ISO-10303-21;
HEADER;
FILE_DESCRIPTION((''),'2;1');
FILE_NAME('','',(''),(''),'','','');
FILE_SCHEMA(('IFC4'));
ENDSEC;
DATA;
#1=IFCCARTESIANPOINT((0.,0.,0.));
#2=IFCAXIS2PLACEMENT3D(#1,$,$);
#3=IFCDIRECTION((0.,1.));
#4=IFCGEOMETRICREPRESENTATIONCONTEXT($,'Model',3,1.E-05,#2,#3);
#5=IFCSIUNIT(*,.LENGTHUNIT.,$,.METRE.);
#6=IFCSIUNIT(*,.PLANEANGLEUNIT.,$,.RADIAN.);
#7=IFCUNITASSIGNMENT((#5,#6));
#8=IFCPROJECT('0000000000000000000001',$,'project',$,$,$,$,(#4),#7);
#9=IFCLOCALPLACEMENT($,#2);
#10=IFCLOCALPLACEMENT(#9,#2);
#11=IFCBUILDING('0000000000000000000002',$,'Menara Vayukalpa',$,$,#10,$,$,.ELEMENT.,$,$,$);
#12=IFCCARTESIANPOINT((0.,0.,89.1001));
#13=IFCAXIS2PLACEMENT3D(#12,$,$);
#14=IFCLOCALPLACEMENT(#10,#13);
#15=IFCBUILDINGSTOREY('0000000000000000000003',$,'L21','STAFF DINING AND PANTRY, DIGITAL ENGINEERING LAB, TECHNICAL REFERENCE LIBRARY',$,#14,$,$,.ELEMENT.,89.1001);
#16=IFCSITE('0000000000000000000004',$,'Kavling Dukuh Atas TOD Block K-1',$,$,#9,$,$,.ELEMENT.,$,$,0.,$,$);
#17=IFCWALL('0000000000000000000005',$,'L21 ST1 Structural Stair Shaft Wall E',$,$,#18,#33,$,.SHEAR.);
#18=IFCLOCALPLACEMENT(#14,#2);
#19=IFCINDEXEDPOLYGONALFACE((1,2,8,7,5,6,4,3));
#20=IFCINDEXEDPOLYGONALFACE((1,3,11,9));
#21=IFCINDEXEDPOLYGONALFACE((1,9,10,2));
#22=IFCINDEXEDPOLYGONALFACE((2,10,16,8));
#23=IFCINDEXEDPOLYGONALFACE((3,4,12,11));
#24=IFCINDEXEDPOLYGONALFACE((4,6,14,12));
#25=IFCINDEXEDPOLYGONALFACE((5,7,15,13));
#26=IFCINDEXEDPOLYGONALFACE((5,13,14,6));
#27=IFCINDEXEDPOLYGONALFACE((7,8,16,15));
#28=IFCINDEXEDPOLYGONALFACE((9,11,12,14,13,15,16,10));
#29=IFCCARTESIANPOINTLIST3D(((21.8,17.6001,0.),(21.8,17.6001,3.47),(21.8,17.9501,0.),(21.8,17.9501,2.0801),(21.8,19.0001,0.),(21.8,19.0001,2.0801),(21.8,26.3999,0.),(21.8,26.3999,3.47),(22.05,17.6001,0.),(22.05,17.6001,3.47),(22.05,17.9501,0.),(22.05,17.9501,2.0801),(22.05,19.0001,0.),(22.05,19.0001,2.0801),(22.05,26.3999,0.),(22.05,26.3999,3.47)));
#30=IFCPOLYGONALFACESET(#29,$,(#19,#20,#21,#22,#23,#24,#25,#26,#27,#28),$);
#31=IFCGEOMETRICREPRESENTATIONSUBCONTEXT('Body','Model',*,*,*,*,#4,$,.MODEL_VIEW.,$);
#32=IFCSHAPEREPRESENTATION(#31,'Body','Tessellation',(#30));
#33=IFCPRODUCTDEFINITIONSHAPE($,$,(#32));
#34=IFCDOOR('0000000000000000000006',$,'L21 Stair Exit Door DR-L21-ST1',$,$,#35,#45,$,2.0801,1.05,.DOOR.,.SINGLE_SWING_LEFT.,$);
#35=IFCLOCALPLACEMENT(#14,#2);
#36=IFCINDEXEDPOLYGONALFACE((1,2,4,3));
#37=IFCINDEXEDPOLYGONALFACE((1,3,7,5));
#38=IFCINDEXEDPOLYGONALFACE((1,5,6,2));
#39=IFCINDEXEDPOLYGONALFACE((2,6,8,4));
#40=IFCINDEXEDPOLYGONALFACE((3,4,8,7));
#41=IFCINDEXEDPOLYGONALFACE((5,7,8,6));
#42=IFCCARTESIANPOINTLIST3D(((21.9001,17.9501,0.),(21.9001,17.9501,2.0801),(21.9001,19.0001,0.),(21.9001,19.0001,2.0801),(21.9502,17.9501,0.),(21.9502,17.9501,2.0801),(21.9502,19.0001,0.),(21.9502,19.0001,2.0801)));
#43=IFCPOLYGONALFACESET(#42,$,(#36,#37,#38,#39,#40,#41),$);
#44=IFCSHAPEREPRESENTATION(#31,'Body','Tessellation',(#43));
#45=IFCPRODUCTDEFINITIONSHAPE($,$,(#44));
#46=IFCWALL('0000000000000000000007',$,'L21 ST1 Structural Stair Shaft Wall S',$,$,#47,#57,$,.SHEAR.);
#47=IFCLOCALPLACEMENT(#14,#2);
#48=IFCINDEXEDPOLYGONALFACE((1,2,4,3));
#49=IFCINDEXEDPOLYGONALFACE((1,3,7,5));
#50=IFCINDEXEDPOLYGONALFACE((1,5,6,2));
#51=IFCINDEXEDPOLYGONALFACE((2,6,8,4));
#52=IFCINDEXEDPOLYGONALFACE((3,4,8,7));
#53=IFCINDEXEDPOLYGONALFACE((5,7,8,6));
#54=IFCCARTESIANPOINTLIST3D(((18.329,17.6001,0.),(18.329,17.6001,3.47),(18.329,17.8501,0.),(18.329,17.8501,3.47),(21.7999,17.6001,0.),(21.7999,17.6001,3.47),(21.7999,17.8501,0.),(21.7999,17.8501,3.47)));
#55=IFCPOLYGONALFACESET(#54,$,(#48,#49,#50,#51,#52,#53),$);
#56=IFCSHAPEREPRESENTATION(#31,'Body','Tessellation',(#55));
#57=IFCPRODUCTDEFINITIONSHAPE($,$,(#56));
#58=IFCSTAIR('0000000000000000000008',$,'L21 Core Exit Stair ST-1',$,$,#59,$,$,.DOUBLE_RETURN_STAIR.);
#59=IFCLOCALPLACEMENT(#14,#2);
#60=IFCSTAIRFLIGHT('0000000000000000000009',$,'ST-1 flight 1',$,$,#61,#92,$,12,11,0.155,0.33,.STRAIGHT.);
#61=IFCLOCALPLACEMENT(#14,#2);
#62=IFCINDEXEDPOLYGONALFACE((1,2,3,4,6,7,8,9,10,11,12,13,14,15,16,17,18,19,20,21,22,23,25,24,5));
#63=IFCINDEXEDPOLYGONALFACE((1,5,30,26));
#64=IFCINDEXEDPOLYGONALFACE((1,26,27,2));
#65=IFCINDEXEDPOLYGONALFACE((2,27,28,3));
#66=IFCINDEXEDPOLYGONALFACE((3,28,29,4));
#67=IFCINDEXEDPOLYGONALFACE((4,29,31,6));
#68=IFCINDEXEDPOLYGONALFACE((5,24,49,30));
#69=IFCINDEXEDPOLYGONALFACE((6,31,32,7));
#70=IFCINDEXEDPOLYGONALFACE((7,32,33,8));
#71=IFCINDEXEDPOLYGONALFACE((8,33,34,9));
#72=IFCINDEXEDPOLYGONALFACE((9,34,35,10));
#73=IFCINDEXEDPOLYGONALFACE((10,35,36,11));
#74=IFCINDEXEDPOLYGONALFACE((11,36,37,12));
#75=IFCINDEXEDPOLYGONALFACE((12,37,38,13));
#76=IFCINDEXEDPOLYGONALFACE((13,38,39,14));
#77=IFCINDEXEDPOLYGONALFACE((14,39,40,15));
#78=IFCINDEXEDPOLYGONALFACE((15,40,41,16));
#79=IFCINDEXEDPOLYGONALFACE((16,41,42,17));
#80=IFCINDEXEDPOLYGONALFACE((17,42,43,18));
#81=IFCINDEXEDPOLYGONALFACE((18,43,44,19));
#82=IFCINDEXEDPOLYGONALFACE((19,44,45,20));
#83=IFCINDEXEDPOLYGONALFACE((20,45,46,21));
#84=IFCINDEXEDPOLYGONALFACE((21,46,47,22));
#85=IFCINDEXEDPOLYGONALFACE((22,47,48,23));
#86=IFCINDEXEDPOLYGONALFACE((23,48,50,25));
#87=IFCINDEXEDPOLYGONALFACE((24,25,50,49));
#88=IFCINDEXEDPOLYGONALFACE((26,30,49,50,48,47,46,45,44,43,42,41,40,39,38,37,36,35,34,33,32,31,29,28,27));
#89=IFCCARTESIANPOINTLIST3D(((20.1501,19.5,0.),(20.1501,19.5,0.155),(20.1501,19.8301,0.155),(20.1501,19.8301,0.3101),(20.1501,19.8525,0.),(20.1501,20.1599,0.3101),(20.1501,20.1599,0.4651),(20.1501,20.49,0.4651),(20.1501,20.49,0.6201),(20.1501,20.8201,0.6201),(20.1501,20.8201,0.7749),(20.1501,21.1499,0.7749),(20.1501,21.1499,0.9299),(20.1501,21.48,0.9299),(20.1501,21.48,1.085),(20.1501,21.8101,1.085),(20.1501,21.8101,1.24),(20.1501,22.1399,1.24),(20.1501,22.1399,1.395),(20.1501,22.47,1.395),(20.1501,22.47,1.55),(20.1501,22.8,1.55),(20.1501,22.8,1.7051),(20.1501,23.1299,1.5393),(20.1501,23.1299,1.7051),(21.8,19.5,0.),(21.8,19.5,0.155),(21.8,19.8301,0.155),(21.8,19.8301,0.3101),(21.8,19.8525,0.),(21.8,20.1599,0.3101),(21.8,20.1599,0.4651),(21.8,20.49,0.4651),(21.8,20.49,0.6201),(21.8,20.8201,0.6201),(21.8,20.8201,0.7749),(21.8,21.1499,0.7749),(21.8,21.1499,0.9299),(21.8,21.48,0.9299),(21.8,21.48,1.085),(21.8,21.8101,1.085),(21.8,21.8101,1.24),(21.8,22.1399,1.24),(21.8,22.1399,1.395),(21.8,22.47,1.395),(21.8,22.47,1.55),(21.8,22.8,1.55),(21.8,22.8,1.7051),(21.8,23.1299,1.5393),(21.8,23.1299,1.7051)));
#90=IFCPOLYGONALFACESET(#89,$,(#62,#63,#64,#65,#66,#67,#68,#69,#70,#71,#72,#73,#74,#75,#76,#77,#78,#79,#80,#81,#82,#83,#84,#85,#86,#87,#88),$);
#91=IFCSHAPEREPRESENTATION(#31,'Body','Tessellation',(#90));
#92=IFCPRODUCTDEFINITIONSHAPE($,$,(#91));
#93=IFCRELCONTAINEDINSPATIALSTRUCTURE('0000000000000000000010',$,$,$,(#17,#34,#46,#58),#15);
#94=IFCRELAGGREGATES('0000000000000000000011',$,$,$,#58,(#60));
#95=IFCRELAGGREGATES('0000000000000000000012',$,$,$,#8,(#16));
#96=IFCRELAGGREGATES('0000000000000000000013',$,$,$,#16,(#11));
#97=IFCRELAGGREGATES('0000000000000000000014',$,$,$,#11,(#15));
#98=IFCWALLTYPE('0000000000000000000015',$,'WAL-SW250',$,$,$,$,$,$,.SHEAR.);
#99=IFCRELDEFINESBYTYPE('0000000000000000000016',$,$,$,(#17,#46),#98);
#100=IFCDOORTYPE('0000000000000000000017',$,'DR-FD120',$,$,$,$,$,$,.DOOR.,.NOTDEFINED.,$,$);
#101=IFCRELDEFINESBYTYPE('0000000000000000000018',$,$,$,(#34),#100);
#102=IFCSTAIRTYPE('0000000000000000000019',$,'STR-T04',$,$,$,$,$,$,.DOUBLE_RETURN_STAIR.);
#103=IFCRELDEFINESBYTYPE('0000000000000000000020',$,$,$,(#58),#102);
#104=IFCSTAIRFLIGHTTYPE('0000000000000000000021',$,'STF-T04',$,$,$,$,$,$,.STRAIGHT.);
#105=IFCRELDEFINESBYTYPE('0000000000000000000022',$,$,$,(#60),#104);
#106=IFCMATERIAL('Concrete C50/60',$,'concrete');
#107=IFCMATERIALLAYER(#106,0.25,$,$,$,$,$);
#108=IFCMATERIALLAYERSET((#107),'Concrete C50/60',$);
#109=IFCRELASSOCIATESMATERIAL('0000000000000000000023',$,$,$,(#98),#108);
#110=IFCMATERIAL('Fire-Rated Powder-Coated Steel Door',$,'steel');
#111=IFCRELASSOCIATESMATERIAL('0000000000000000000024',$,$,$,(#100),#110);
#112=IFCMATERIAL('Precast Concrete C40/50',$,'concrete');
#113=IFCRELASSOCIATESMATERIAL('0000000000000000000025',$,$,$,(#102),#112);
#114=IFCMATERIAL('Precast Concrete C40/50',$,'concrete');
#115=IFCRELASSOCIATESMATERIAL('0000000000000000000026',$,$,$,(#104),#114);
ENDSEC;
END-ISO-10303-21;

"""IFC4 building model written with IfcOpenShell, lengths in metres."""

from ifc_helpers import new_model, si_unit, direction, frame, frame_2d, origin, place, context, subcontext, project, spatial, polyline, rectangle, outline, extrude, material, layer, layer_set, type_object, element, fill, aggregate, save


model = new_model("IFC4")

# Units and contexts
model_context = context("Model", 3, precision=1e-05, world=origin(), true_north=direction((0.0, 1.0)))
body_context = subcontext(model_context, "Body", "Model", "MODEL_VIEW")
ifc_project = project(units=[si_unit("LENGTHUNIT", "METRE"), si_unit("PLANEANGLEUNIT", "RADIAN")], contexts=[model_context])

# Site, building, storey
site_placement = place(None, origin())
site = spatial("IfcSite", under=ifc_project, at=site_placement, Name="Kavling Dukuh Atas TOD Block K-1", CompositionType="ELEMENT", RefElevation=0.0)
building_placement = place(site_placement, origin())
building = spatial("IfcBuilding", under=site, at=building_placement, Name="Menara Vayukalpa", CompositionType="ELEMENT")
storey_placement = place(building_placement, frame((0.0, 0.0, 89.1001)))
storey = spatial("IfcBuildingStorey", under=building, at=storey_placement, Name="L21", Description="STAFF DINING AND PANTRY, DIGITAL ENGINEERING LAB, TECHNICAL REFERENCE LIBRARY", CompositionType="ELEMENT", Elevation=89.1001)

# Shared definitions
ifc_material_1 = material(Name="Concrete C50/60", Category="concrete")
ifc_layer_1 = layer(ifc_material_1, 0.25)
ifc_layer_set_1 = layer_set([ifc_layer_1], Name="Concrete C50/60")
wall_type_1 = type_object("IfcWallType", Name="WAL-SW250", PredefinedType="SHEAR", material=ifc_layer_set_1)

# Wall, opening, door
wall_1_placement = place(storey_placement, frame((21.925, 17.6001, 0.0), z_axis=(0.0, 0.0, 1.0), x_axis=(0.0, 1.0, 0.0)))
wall_1 = element("IfcWall", 1, at=wall_1_placement, inside=storey, type_object=wall_type_1, Name="L21 ST1 Structural Stair Shaft Wall E", PredefinedType="SHEAR", context=body_context, shape_type="SweptSolid", body=[
    extrude(rectangle(XDim=8.7998, YDim=0.25, at=frame_2d((4.3999, 0.0))), origin(), (0.0, 0.0, 1.0), 3.47),
])
opening_placement = place(wall_1_placement, frame((0.3501, 0.0, 0.0)))
opening = element("IfcOpeningElement", 2, at=opening_placement, cuts=wall_1, PredefinedType="OPENING", context=body_context, shape_type="SweptSolid", body=[
    extrude(rectangle(XDim=1.05, YDim=2.0801, at=frame_2d((0.5249, 1.04))), frame((0.0, 0.135, 0.0), z_axis=(0.0, -1.0, 0.0), x_axis=(1.0, 0.0, 0.0)), (0.0, 0.0, 1.0), 0.27),
])
ifc_material_2 = material(Name="Fire-Rated Powder-Coated Steel Door", Category="steel")
door_type = type_object("IfcDoorType", Name="DR-FD120", OperationType="NOTDEFINED", PredefinedType="DOOR", material=ifc_material_2)
door_placement = place(opening_placement, origin())
door = element("IfcDoor", 3, at=door_placement, inside=storey, type_object=door_type, Name="L21 Stair Exit Door DR-L21-ST1", OperationType="SINGLE_SWING_LEFT", OverallHeight=2.0801, OverallWidth=1.05, PredefinedType="DOOR", context=body_context, shape_type="SweptSolid", body=[
    extrude(rectangle(XDim=1.05, YDim=2.0801, at=frame_2d((0.5249, 1.04))), frame((0.0, 0.0249, 0.0), z_axis=(0.0, -1.0, 0.0), x_axis=(1.0, 0.0, 0.0)), (0.0, 0.0, 1.0), 0.05),
])
fill(opening, door)

# Wall
wall_2_placement = place(storey_placement, frame((18.3291, 17.7251, 0.0), z_axis=(0.0, 0.0, 1.0), x_axis=(1.0, 0.0, 0.0)))
element("IfcWall", 4, at=wall_2_placement, inside=storey, type_object=wall_type_1, Name="L21 ST1 Structural Stair Shaft Wall S", PredefinedType="SHEAR", context=body_context, shape_type="SweptSolid", body=[
    extrude(rectangle(XDim=3.4709, YDim=0.25, at=frame_2d((1.7354, 0.0))), origin(), (0.0, 0.0, 1.0), 3.47),
])

# Stair, stair flight
ifc_material_3 = material(Name="Precast Concrete C40/50", Category="concrete")
stair_type = type_object("IfcStairType", Name="STR-T04", PredefinedType="DOUBLE_RETURN_STAIR", material=ifc_material_3)
stair_placement = place(storey_placement, origin())
stair = element("IfcStair", 5, at=stair_placement, inside=storey, type_object=stair_type, Name="L21 Core Exit Stair ST-1", PredefinedType="DOUBLE_RETURN_STAIR")
ifc_material_4 = material(Name="Precast Concrete C40/50", Category="concrete")
stair_flight_type = type_object("IfcStairFlightType", Name="STF-T04", PredefinedType="STRAIGHT", material=ifc_material_4)
stair_flight_placement = place(storey_placement, frame((20.9751, 19.5, 0.0), z_axis=(0.0, 0.0, 1.0), x_axis=(0.0, 1.0, 0.0)))
stair_flight = element("IfcStairFlight", 6, at=stair_flight_placement, type_object=stair_flight_type, Name="ST-1 flight 1", NumberOfRisers=12, NumberOfTreads=11, PredefinedType="STRAIGHT", RiserHeight=0.155, TreadLength=0.33, context=body_context, shape_type="SweptSolid", body=[
    extrude(outline(polyline([(0.0, 0.0), (0.0, 0.155), (0.3301, 0.155), (0.3301, 0.3101), (0.6599, 0.3101), (0.6599, 0.4651), (0.99, 0.4651), (0.99, 0.6201), (1.3201, 0.6201), (1.3201, 0.7749), (1.6499, 0.7749), (1.6499, 0.9299), (1.98, 0.9299), (1.98, 1.085), (2.3101, 1.085), (2.3101, 1.24), (2.6399, 1.24), (2.6399, 1.395), (2.97, 1.395), (2.97, 1.55), (3.3, 1.55), (3.3, 1.7051), (3.6299, 1.7051), (3.6299, 1.8601), (3.6299, 1.5393), (0.3525, 0.0), (0.0, 0.0)])), frame((0.0, 0.825, 0.0), z_axis=(0.0, -1.0, 0.0), x_axis=(1.0, 0.0, 0.0)), (0.0, 0.0, 1.0), 1.6499),
])
aggregate(stair, [stair_flight])

save(model, "model.ifc")
